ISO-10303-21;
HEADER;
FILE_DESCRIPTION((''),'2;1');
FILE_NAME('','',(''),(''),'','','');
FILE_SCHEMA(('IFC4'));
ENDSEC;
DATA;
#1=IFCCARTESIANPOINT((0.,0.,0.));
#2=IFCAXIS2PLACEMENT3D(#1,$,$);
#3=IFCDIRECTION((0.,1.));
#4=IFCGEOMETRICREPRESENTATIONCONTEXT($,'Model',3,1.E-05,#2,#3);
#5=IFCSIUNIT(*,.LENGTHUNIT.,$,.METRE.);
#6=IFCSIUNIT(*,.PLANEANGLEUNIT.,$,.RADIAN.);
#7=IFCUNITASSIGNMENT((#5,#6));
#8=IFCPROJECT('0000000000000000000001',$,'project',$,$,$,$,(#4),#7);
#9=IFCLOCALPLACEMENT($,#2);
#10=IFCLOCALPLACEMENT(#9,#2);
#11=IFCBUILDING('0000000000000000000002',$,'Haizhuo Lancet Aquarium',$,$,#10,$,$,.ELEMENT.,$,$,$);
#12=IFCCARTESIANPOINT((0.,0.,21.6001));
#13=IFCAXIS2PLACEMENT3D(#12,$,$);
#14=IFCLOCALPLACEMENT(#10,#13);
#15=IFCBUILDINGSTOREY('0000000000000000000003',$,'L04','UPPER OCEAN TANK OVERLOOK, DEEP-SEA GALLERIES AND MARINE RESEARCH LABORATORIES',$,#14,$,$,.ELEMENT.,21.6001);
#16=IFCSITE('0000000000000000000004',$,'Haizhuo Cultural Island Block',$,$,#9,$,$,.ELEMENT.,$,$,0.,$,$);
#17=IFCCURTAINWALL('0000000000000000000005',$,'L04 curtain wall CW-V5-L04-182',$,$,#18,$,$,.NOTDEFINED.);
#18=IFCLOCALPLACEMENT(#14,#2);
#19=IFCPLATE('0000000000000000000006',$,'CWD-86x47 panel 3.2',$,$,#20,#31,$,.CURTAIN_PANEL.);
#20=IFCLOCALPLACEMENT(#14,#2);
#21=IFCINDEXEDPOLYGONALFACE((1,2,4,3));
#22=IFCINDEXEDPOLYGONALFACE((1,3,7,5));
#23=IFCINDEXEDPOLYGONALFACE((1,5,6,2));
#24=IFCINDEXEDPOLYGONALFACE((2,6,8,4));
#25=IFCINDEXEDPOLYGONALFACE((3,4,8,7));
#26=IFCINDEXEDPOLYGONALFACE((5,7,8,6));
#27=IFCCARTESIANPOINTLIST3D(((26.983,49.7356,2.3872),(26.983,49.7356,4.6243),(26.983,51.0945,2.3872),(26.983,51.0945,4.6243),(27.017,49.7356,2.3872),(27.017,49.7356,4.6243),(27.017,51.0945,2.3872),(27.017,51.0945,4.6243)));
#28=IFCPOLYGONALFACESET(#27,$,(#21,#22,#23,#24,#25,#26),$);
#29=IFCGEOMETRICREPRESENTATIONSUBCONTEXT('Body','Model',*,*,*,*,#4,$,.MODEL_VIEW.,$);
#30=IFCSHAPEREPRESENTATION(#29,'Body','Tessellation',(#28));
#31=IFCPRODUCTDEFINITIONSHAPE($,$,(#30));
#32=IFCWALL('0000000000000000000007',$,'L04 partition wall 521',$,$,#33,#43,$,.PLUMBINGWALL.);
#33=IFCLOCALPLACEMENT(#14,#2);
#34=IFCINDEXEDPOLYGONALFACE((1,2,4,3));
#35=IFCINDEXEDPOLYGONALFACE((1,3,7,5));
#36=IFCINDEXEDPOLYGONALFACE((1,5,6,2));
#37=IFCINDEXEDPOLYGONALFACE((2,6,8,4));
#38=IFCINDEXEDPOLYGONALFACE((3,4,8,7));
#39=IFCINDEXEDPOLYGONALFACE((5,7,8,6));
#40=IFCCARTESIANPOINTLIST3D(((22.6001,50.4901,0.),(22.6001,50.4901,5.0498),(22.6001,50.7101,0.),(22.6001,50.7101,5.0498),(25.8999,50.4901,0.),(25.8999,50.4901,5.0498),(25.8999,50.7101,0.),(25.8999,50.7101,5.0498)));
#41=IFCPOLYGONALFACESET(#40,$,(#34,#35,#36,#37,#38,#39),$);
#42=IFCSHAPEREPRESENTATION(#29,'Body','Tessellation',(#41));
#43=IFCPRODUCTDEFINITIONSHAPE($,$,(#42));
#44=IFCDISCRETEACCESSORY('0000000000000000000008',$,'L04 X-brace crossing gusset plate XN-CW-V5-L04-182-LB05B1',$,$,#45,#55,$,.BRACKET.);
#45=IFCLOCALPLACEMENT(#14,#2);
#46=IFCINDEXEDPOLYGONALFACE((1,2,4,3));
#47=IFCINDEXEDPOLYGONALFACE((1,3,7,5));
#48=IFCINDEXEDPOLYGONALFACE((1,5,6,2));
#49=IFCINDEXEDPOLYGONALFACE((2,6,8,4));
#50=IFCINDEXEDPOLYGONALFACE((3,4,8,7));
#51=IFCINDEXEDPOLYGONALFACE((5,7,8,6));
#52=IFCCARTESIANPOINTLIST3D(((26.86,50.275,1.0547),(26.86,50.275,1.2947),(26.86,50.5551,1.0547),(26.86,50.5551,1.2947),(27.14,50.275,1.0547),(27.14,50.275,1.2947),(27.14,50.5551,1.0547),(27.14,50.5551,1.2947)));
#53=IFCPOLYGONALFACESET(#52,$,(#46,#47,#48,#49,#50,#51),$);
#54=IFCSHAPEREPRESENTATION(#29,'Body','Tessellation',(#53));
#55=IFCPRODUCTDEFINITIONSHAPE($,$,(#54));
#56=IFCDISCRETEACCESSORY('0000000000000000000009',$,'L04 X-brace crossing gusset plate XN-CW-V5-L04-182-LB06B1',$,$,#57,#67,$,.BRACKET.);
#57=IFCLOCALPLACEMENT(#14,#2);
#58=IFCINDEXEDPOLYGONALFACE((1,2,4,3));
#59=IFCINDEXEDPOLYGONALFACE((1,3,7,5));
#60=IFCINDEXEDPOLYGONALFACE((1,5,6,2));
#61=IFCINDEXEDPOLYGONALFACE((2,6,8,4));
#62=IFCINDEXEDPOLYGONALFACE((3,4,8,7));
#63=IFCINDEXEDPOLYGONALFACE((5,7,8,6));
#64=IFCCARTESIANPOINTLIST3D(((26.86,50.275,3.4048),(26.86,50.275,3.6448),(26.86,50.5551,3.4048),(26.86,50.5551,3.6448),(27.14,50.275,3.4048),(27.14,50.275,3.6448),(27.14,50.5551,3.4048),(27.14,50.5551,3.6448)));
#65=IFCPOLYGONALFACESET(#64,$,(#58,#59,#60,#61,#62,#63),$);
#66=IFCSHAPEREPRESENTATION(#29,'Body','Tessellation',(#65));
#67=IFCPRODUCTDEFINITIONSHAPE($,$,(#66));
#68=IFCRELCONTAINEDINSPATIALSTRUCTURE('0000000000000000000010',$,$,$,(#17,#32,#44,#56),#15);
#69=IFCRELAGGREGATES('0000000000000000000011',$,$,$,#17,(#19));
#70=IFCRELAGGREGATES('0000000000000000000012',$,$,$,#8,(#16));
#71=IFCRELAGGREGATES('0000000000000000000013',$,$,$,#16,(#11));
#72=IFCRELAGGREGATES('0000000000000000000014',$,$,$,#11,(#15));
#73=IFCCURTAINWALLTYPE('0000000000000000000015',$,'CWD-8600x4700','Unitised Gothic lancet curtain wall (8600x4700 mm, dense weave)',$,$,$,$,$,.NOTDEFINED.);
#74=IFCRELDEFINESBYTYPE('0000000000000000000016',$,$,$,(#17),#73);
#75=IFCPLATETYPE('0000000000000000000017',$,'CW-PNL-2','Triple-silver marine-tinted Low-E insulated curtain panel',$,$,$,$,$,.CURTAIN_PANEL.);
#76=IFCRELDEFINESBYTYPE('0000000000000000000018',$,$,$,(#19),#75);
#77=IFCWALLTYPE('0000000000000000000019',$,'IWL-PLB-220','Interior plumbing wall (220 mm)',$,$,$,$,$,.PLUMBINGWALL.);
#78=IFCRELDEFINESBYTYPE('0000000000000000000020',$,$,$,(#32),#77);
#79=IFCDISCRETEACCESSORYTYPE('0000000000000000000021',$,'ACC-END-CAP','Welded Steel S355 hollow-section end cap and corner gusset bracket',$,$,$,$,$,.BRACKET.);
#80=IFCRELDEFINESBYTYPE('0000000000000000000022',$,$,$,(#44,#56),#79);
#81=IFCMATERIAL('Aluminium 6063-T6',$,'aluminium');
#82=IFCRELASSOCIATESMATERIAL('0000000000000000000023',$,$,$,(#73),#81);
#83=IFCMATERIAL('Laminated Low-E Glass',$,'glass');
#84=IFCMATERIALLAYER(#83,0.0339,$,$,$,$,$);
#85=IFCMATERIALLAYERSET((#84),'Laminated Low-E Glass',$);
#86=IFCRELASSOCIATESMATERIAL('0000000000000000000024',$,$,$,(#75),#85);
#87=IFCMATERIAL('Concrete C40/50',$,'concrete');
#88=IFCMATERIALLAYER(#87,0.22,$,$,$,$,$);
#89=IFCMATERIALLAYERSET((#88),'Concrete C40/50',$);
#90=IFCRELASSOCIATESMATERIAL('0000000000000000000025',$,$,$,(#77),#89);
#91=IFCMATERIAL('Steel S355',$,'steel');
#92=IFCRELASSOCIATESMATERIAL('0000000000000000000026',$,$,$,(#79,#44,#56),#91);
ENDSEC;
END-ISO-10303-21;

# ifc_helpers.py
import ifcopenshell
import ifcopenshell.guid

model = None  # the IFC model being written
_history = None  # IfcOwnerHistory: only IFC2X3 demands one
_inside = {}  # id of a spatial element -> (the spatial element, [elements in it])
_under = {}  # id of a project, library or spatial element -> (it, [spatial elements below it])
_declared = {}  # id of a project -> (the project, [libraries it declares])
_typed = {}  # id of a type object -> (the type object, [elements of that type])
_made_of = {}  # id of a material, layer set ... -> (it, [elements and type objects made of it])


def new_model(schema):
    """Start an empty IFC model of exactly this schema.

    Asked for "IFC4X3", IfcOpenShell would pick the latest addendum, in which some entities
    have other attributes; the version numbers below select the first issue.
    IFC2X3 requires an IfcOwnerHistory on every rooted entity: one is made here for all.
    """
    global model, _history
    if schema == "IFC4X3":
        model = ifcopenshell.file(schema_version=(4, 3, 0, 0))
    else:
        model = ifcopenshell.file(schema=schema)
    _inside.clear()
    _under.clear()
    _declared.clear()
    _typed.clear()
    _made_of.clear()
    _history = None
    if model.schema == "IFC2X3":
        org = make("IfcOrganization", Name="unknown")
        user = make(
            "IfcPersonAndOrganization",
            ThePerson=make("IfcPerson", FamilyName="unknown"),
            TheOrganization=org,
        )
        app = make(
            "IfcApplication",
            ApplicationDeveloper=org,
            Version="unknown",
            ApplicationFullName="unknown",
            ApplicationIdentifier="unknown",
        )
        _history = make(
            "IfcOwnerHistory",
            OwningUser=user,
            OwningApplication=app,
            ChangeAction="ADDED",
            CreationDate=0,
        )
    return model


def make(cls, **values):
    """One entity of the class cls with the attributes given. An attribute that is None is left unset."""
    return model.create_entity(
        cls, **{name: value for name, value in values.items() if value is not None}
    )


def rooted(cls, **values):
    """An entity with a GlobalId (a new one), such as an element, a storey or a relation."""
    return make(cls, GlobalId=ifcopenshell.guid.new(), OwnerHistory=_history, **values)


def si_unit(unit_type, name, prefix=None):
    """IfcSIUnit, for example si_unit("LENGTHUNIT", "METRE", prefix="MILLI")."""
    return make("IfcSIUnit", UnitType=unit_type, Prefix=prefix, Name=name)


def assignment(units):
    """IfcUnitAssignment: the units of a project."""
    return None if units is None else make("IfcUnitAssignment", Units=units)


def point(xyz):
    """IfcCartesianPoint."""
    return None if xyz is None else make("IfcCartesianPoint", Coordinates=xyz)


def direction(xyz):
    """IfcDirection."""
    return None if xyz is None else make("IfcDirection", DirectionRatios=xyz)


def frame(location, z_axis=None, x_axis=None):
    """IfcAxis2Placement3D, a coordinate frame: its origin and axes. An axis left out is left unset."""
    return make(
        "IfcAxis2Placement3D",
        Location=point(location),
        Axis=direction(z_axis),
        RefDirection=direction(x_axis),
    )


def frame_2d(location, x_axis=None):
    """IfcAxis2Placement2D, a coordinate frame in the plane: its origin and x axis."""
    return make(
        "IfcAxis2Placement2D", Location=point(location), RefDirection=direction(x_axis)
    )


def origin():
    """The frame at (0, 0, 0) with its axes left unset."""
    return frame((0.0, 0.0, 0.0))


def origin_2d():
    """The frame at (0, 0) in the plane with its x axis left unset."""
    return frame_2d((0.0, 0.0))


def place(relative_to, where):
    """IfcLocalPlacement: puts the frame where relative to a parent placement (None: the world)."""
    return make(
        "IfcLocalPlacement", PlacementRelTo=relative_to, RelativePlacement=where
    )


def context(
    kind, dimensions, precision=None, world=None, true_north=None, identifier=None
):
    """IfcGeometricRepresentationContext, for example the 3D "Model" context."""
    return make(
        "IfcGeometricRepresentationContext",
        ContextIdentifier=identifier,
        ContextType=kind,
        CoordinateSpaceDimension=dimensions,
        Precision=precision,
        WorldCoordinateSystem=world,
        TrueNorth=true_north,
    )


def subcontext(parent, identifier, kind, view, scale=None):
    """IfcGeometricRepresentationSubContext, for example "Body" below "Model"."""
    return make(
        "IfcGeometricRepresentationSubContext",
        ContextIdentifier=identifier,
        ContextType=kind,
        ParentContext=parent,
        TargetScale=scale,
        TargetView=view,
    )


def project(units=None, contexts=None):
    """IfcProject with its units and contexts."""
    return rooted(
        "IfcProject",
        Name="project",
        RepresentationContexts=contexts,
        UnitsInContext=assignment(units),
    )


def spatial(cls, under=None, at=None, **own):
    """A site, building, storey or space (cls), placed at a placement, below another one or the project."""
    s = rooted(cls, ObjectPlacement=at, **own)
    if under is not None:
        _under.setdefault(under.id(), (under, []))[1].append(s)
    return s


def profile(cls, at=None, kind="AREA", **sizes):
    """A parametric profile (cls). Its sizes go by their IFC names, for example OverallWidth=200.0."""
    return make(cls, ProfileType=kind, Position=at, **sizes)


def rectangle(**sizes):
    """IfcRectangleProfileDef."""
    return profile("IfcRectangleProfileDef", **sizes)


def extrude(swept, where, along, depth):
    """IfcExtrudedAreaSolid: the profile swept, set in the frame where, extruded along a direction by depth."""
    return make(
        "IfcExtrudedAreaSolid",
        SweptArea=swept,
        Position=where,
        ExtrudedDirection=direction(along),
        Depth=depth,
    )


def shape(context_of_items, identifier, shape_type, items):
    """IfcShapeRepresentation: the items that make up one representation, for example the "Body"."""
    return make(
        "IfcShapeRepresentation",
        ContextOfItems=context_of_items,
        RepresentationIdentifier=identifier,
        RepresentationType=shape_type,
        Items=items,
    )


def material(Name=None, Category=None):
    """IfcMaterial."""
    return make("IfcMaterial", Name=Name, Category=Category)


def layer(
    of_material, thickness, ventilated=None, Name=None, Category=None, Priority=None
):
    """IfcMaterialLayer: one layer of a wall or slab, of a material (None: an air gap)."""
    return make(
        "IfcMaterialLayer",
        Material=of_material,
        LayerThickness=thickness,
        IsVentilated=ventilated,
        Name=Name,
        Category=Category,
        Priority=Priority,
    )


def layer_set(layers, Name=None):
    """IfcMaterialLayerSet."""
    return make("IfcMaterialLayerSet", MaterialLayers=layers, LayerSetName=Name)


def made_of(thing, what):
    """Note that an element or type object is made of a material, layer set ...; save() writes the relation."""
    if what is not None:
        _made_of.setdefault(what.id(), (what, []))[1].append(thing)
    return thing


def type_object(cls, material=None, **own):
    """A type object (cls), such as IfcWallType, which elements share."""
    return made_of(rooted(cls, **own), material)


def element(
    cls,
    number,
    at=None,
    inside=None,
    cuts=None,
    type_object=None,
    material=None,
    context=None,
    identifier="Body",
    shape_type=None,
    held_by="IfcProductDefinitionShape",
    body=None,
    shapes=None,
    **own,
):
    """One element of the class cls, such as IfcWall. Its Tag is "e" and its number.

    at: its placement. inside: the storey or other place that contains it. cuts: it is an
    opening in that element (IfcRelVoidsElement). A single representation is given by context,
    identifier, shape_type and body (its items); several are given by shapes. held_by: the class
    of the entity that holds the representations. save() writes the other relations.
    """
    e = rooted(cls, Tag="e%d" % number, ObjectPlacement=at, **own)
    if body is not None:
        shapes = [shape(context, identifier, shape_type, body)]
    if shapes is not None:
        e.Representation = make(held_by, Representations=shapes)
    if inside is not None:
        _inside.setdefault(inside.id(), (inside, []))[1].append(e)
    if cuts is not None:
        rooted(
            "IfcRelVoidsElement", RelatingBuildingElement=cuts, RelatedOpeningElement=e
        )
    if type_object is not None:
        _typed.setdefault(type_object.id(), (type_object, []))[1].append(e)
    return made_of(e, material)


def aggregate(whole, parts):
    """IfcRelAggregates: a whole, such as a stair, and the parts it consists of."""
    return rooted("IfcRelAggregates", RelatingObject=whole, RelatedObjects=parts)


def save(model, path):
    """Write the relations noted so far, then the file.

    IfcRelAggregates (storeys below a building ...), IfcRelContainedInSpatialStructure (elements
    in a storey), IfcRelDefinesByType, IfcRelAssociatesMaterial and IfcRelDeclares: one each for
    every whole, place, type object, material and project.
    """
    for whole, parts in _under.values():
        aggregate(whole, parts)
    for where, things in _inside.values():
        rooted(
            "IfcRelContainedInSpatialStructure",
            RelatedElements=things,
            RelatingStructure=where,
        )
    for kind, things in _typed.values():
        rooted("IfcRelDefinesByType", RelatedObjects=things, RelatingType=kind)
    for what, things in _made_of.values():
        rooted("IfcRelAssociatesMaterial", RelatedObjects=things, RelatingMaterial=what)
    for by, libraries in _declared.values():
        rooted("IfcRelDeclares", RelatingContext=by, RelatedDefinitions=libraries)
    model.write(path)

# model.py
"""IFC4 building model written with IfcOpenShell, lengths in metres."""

from ifc_helpers import new_model, si_unit, direction, frame, frame_2d, origin, origin_2d, place, context, subcontext, project, spatial, rectangle, extrude, material, layer, layer_set, type_object, element, aggregate, save


model = new_model("IFC4")

# Units and contexts
model_context = context("Model", 3, precision=1e-05, world=origin(), true_north=direction((0.0, 1.0)))
body_context = subcontext(model_context, "Body", "Model", "MODEL_VIEW")
ifc_project = project(units=[si_unit("LENGTHUNIT", "METRE"), si_unit("PLANEANGLEUNIT", "RADIAN")], contexts=[model_context])

# Site, building, storey
site_placement = place(None, origin())
site = spatial("IfcSite", under=ifc_project, at=site_placement, Name="Haizhuo Cultural Island Block", CompositionType="ELEMENT", RefElevation=0.0)
building_placement = place(site_placement, origin())
building = spatial("IfcBuilding", under=site, at=building_placement, Name="Haizhuo Lancet Aquarium", CompositionType="ELEMENT")
storey_placement = place(building_placement, frame((0.0, 0.0, 21.6001)))
storey = spatial("IfcBuildingStorey", under=building, at=storey_placement, Name="L04", Description="UPPER OCEAN TANK OVERLOOK, DEEP-SEA GALLERIES AND MARINE RESEARCH LABORATORIES", CompositionType="ELEMENT", Elevation=21.6001)

# Curtain wall
ifc_material_1 = material(Name="Aluminium 6063-T6", Category="aluminium")
curtain_wall_type = type_object("IfcCurtainWallType", Name="CWD-8600x4700", Description="Unitised Gothic lancet curtain wall (8600x4700 mm, dense weave)", PredefinedType="NOTDEFINED", material=ifc_material_1)
curtain_wall_placement = place(storey_placement, origin())
curtain_wall = element("IfcCurtainWall", 1, at=curtain_wall_placement, inside=storey, type_object=curtain_wall_type, Name="L04 curtain wall CW-V5-L04-182", PredefinedType="NOTDEFINED")

# Shared definitions
ifc_material_2 = material(Name="Steel S355", Category="steel")

# Plate
ifc_material_3 = material(Name="Laminated Low-E Glass", Category="glass")
ifc_layer_1 = layer(ifc_material_3, 0.0339)
ifc_layer_set_1 = layer_set([ifc_layer_1], Name="Laminated Low-E Glass")
plate_type = type_object("IfcPlateType", Name="CW-PNL-2", Description="Triple-silver marine-tinted Low-E insulated curtain panel", PredefinedType="CURTAIN_PANEL", material=ifc_layer_set_1)
plate_1_placement = place(storey_placement, frame((27.0, 50.415, 2.3872), z_axis=(0.0, 0.0, 1.0), x_axis=(0.0, -1.0, 0.0)))
plate_1 = element("IfcPlate", 2, at=plate_1_placement, type_object=plate_type, Name="CWD-86x47 panel 3.2", PredefinedType="CURTAIN_PANEL", context=body_context, shape_type="SweptSolid", body=[
    extrude(rectangle(XDim=1.3589, YDim=0.0339, at=origin_2d()), origin(), (0.0, 0.0, 1.0), 2.2371),
])
aggregate(curtain_wall, [plate_1])

# Wall
ifc_material_4 = material(Name="Concrete C40/50", Category="concrete")
ifc_layer_2 = layer(ifc_material_4, 0.22)
ifc_layer_set_2 = layer_set([ifc_layer_2], Name="Concrete C40/50")
wall_type = type_object("IfcWallType", Name="IWL-PLB-220", Description="Interior plumbing wall (220 mm)", PredefinedType="PLUMBINGWALL", material=ifc_layer_set_2)
wall_placement = place(storey_placement, frame((25.8999, 50.6001, 0.0), z_axis=(0.0, 0.0, 1.0), x_axis=(-1.0, 0.0, 0.0)))
element("IfcWall", 3, at=wall_placement, inside=storey, type_object=wall_type, Name="L04 partition wall 521", PredefinedType="PLUMBINGWALL", context=body_context, shape_type="SweptSolid", body=[
    extrude(rectangle(XDim=3.2998, YDim=0.22, at=frame_2d((1.6499, 0.0))), origin(), (0.0, 0.0, 1.0), 5.0498),
])

# Discrete accessories
discrete_accessory_type = type_object("IfcDiscreteAccessoryType", Name="ACC-END-CAP", Description="Welded Steel S355 hollow-section end cap and corner gusset bracket", PredefinedType="BRACKET", material=ifc_material_2)
for number, where, z_axis, x_axis, name in (
    (4, (27.0, 50.415, 1.0547), (0.0, 0.0, 1.0), (1.0, 0.0, 0.0), "L04 X-brace crossing gusset plate XN-CW-V5-L04-182-LB05B1"),
    (5, (27.0, 50.415, 3.4048), (0.0, 0.0, 1.0), (1.0, 0.0, 0.0), "L04 X-brace crossing gusset plate XN-CW-V5-L04-182-LB06B1"),
):
    element("IfcDiscreteAccessory", number, at=place(storey_placement, frame(where, z_axis=z_axis, x_axis=x_axis)), inside=storey, type_object=discrete_accessory_type, material=ifc_material_2, Name=name, PredefinedType="BRACKET", context=body_context, shape_type="SweptSolid", body=[
        extrude(rectangle(XDim=0.28, YDim=0.28, at=origin_2d()), origin(), (0.0, 0.0, 1.0), 0.24),
    ])

save(model, "model.ifc")
